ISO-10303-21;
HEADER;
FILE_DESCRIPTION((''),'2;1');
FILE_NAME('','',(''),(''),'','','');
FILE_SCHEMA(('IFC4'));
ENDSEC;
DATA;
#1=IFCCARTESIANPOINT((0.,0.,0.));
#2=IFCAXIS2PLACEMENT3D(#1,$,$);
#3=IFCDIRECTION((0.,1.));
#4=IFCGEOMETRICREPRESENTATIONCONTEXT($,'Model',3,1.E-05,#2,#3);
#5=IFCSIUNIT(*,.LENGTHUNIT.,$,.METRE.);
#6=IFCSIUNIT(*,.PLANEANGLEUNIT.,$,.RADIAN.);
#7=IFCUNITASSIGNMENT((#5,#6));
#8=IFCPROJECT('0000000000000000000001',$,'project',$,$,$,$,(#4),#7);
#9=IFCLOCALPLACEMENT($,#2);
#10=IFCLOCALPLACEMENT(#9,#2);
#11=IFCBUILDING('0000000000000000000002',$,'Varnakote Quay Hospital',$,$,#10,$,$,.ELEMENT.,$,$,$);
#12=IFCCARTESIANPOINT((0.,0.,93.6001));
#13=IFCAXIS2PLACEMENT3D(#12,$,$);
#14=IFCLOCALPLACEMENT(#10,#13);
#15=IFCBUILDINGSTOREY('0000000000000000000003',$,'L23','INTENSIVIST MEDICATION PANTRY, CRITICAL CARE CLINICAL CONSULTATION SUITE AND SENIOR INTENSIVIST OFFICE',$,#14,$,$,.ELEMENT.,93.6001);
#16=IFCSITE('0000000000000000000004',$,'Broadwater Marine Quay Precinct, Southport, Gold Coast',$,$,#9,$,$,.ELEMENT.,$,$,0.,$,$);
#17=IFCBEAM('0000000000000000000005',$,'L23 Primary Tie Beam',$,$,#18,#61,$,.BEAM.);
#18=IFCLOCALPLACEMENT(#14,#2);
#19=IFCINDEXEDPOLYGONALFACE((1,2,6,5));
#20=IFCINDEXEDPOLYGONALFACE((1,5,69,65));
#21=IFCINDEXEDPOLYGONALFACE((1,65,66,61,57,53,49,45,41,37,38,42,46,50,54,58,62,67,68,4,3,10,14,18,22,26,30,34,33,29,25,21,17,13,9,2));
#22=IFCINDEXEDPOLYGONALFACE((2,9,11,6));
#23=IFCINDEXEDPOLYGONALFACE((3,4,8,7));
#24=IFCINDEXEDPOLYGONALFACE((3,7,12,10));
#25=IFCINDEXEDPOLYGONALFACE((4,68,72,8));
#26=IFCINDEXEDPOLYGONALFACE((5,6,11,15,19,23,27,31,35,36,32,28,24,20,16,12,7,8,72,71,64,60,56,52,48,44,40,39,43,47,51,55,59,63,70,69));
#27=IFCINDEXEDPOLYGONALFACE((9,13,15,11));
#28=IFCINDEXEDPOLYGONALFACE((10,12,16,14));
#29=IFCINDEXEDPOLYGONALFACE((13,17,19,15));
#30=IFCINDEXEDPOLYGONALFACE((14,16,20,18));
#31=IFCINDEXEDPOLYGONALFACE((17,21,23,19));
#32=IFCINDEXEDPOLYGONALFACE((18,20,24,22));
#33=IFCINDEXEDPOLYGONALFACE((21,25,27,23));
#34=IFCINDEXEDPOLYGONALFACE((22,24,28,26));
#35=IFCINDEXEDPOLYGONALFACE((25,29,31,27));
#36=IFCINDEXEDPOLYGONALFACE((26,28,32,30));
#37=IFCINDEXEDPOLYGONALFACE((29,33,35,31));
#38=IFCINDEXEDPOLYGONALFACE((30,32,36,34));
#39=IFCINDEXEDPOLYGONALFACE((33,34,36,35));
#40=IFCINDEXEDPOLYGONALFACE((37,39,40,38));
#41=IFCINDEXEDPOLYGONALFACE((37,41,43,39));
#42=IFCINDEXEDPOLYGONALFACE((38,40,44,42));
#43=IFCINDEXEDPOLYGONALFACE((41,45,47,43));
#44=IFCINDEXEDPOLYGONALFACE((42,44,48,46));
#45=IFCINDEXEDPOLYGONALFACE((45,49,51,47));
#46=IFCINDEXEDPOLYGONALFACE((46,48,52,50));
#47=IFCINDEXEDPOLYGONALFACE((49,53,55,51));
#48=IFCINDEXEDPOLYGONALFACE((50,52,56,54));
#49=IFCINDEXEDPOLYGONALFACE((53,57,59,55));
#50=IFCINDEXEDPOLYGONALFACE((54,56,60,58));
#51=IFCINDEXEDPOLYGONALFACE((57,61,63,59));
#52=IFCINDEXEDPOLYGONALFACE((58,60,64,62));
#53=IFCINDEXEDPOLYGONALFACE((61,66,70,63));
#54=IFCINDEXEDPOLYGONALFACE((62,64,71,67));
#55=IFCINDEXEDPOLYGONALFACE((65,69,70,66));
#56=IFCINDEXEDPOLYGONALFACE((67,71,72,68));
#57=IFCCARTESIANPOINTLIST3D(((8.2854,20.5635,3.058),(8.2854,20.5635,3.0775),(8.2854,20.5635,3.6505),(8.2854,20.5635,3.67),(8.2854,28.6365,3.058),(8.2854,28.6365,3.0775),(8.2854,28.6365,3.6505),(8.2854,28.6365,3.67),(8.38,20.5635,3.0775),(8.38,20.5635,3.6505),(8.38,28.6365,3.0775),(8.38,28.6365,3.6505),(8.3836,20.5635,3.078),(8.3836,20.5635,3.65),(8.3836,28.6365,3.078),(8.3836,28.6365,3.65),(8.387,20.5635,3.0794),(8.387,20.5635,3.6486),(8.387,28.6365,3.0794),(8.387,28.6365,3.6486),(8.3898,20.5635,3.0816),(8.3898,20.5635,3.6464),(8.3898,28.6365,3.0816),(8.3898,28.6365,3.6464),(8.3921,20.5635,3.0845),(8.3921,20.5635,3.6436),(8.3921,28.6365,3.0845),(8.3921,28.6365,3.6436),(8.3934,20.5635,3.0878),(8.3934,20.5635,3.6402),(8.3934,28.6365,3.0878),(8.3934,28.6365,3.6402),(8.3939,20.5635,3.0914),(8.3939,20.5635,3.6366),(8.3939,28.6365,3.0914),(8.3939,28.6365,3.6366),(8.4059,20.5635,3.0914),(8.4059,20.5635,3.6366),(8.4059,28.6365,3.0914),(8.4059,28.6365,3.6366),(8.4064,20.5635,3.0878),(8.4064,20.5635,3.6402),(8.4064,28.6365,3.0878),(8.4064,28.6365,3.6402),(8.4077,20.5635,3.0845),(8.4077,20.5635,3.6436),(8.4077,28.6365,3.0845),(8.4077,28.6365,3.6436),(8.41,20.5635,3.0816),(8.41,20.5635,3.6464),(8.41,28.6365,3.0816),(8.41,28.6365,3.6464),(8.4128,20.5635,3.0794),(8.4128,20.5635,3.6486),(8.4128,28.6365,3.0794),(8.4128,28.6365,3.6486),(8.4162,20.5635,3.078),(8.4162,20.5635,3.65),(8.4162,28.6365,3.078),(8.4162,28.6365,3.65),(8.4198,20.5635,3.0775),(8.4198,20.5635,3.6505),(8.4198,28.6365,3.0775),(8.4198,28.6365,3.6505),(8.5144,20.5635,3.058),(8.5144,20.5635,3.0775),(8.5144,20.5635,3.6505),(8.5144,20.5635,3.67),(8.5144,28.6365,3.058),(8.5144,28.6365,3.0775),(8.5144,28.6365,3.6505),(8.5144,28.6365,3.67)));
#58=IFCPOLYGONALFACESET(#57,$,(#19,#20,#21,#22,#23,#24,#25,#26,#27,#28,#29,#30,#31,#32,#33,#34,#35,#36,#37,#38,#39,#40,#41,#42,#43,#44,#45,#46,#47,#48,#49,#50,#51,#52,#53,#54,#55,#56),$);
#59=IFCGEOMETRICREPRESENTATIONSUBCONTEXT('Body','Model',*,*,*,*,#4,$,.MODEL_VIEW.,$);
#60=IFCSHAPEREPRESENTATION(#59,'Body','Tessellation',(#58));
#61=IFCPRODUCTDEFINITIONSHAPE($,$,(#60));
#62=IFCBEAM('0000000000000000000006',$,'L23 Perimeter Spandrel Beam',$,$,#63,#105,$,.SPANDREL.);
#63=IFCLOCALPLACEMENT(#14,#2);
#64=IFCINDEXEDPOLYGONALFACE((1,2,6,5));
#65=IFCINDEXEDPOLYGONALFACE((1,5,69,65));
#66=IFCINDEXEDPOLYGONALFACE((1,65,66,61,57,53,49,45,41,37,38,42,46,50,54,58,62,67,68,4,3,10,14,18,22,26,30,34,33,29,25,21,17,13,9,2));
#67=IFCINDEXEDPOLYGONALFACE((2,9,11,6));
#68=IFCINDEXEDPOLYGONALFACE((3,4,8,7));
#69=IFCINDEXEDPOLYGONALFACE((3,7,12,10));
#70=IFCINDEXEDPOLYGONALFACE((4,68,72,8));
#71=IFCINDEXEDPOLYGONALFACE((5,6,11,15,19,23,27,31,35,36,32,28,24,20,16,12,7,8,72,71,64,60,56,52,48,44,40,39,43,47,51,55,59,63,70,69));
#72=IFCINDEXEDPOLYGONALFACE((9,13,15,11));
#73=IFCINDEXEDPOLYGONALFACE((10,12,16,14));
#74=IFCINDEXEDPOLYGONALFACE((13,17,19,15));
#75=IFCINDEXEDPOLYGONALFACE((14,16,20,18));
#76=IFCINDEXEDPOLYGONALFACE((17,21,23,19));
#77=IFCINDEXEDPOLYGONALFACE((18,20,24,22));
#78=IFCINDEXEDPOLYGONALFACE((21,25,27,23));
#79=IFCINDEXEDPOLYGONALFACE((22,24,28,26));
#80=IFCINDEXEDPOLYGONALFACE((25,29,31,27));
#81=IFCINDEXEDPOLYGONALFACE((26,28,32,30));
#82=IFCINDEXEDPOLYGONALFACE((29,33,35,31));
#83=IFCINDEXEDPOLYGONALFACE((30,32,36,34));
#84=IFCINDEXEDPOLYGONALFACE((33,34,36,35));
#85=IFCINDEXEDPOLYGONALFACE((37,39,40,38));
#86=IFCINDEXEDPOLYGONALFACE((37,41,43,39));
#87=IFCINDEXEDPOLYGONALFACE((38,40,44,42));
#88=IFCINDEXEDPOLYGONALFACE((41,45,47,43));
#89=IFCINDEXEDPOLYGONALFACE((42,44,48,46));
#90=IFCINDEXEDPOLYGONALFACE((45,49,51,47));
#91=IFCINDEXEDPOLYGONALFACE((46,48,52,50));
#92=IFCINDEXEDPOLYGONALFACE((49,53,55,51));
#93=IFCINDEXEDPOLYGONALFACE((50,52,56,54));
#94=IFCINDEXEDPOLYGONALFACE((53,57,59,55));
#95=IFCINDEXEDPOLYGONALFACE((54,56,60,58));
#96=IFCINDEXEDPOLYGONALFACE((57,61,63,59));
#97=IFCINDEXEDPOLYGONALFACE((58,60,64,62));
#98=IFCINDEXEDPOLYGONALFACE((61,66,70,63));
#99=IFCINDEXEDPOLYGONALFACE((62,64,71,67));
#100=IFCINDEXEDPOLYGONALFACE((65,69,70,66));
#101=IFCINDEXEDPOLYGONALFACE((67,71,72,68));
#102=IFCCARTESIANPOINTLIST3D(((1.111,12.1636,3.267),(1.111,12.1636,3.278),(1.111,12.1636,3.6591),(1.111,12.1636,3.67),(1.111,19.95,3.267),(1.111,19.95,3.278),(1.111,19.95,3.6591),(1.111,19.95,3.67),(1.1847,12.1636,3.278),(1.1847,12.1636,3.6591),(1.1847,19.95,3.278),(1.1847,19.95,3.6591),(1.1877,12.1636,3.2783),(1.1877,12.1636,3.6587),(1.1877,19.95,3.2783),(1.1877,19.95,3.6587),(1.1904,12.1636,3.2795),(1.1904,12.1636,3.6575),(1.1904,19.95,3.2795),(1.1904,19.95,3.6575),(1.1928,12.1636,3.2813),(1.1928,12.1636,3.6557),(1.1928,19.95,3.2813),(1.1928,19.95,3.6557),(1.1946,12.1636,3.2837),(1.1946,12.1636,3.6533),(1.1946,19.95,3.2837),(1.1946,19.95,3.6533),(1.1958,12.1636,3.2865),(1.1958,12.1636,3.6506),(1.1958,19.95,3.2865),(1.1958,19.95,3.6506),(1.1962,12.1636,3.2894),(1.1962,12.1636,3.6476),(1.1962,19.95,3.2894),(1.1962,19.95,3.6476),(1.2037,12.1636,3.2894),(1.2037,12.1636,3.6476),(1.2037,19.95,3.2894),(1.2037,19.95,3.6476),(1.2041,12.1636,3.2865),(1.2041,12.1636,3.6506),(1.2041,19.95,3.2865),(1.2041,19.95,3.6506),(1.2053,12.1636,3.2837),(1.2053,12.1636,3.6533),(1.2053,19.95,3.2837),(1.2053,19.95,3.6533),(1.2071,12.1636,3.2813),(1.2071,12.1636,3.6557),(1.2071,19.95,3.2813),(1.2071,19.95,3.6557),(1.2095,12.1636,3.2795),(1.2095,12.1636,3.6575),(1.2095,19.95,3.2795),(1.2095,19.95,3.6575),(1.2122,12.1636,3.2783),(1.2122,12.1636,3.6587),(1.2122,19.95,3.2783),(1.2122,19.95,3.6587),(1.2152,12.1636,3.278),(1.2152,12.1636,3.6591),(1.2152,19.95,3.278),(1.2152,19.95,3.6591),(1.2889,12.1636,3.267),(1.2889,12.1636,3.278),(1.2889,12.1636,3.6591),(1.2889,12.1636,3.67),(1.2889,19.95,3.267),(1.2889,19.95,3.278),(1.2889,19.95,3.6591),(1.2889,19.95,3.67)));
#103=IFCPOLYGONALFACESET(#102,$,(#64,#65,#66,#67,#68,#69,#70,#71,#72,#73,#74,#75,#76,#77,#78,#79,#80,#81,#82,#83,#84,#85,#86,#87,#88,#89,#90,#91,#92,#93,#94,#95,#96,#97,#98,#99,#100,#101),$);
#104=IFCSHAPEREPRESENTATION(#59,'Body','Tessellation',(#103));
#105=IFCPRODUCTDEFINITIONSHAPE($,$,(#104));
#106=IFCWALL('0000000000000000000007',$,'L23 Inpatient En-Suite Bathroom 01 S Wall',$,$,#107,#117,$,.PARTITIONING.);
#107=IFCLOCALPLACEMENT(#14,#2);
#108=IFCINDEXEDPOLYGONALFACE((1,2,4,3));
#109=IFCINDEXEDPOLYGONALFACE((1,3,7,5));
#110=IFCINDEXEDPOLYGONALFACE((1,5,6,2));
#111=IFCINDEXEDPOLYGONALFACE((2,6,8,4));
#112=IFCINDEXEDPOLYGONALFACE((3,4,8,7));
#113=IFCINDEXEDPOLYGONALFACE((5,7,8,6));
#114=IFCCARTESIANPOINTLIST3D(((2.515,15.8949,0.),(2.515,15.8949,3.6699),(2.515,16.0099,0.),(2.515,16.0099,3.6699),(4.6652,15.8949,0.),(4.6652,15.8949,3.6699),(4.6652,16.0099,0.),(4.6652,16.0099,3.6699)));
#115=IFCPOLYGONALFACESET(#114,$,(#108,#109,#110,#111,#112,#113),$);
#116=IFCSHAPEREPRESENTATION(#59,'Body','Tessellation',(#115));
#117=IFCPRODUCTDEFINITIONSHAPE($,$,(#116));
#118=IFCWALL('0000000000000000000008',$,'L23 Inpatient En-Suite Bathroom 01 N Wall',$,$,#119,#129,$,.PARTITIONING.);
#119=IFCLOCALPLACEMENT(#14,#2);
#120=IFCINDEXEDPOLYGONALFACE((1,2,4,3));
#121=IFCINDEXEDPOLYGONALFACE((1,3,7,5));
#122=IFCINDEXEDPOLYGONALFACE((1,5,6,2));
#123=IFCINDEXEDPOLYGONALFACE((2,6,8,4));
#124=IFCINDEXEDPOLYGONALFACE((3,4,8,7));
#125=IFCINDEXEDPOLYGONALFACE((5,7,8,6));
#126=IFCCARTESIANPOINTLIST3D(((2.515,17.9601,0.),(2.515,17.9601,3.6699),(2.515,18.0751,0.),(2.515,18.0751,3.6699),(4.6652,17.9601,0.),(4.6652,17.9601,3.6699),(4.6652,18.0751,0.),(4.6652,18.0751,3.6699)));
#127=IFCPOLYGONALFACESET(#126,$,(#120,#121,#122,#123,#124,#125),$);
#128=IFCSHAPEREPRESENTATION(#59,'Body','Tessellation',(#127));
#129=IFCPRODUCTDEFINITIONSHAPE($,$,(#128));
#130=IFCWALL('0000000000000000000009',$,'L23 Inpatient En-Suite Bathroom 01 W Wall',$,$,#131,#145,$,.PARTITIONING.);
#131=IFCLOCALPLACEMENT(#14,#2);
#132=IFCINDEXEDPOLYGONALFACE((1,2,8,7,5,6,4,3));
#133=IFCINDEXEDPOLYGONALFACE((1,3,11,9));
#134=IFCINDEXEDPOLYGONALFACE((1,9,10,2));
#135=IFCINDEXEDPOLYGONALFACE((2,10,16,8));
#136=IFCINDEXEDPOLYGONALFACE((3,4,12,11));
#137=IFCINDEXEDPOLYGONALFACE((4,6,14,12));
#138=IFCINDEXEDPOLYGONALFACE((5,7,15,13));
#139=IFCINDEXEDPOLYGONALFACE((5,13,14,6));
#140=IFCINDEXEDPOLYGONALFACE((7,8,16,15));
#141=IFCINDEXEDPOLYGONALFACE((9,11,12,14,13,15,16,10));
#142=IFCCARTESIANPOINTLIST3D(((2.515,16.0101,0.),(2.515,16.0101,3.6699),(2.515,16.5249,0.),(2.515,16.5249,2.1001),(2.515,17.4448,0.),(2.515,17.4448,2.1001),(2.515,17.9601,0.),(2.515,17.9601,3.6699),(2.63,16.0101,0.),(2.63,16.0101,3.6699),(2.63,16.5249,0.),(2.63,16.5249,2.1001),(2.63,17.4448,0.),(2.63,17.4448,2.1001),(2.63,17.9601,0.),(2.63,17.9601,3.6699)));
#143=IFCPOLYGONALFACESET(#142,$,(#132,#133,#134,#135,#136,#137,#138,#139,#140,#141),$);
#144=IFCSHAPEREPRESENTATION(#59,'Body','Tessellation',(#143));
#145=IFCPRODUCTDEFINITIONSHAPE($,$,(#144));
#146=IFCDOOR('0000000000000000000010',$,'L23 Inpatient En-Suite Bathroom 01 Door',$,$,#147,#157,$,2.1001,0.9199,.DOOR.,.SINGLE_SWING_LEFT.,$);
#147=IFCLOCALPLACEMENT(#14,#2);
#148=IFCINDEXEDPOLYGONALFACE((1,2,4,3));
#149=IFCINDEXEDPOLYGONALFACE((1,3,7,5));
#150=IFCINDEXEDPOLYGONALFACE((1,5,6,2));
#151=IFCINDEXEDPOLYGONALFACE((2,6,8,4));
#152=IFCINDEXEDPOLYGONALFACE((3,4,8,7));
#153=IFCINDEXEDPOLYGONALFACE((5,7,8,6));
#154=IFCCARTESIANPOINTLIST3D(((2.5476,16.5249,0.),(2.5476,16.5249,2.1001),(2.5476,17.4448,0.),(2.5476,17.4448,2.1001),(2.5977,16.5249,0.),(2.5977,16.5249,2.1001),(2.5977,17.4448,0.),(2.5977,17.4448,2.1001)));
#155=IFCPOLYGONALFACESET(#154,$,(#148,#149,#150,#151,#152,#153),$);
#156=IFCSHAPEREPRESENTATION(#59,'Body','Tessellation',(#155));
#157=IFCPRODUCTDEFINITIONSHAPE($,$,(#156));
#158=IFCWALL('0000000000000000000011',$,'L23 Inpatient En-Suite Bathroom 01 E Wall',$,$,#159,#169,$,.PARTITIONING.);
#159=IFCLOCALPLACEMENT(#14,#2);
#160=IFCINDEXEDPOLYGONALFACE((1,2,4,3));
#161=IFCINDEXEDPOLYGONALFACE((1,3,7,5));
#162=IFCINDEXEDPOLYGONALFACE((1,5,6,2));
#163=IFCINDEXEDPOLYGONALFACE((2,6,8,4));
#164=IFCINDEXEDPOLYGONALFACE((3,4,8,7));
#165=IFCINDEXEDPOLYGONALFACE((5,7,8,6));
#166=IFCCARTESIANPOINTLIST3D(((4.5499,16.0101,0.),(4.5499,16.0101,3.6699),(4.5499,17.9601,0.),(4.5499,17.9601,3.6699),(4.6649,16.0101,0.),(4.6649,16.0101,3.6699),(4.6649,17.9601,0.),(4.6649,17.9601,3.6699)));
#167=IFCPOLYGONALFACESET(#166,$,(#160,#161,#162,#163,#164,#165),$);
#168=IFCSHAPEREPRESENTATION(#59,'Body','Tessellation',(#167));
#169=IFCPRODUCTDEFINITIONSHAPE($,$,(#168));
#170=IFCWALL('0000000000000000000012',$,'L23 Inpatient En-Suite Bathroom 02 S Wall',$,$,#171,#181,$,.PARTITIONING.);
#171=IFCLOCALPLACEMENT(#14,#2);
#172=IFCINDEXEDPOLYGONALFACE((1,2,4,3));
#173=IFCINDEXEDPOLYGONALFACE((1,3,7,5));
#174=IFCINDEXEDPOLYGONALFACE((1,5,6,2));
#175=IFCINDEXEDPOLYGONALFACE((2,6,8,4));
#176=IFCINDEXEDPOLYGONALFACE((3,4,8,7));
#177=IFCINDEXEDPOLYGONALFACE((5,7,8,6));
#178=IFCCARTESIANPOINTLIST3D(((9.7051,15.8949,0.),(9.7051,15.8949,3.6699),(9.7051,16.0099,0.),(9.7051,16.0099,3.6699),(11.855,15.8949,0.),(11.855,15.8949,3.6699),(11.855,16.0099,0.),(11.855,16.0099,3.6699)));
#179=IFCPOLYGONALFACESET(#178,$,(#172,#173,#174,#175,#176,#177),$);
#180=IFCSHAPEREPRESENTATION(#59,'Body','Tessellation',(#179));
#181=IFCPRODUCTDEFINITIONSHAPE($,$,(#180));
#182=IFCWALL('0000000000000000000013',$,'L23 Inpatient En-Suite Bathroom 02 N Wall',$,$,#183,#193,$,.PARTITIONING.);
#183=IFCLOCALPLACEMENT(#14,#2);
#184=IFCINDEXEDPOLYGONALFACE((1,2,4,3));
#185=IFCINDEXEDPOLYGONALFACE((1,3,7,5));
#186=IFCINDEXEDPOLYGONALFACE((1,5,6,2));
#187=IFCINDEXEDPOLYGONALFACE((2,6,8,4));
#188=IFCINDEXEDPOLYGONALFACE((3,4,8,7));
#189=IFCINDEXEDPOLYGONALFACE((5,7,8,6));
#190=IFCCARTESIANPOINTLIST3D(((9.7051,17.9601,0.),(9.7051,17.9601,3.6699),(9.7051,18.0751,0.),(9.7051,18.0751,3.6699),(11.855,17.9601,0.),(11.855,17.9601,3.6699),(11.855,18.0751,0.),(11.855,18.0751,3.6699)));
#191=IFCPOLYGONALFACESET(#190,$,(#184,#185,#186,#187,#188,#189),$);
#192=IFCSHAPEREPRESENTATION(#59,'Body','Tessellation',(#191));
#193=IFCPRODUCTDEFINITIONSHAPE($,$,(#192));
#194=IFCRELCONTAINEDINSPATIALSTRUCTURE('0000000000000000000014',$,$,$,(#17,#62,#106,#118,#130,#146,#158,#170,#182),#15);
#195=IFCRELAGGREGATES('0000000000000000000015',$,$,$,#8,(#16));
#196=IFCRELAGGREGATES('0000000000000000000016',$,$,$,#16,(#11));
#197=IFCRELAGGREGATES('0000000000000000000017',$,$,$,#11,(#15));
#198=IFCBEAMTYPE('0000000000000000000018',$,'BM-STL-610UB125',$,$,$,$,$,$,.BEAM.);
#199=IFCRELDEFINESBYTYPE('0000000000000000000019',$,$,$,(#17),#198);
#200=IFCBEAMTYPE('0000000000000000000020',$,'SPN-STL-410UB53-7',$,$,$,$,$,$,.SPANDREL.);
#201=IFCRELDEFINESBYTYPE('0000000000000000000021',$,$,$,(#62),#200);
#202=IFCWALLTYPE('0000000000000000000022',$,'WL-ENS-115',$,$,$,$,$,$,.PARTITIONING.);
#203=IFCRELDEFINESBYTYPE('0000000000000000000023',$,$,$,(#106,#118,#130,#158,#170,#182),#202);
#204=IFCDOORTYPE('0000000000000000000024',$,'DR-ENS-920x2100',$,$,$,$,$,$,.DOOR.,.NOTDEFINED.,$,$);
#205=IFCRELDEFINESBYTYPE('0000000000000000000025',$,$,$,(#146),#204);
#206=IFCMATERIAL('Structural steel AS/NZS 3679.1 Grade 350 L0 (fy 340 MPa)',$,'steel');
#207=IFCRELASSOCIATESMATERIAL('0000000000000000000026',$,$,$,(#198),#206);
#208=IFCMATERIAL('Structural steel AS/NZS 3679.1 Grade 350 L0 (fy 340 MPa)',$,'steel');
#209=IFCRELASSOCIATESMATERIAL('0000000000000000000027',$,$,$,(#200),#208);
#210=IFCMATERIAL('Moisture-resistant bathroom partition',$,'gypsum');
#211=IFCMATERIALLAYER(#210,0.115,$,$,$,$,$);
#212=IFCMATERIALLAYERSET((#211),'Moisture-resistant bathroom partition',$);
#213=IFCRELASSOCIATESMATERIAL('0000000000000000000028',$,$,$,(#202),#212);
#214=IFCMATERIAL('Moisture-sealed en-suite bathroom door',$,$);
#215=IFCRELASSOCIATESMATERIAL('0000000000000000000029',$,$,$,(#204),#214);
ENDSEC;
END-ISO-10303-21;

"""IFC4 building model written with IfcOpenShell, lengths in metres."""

from ifc_helpers import new_model, si_unit, direction, frame, frame_2d, origin, origin_2d, place, context, subcontext, project, spatial, rectangle, i_section, extrude, material, layer, layer_set, material_profile, profile_set, type_object, element, fill, save


model = new_model("IFC4")

# Units and contexts
model_context = context("Model", 3, precision=1e-05, world=origin(), true_north=direction((0.0, 1.0)))
body_context = subcontext(model_context, "Body", "Model", "MODEL_VIEW")
ifc_project = project(units=[si_unit("LENGTHUNIT", "METRE"), si_unit("PLANEANGLEUNIT", "RADIAN")], contexts=[model_context])

# Site, building, storey
site_placement = place(None, origin())
site = spatial("IfcSite", under=ifc_project, at=site_placement, Name="Broadwater Marine Quay Precinct, Southport, Gold Coast", CompositionType="ELEMENT", RefElevation=0.0)
building_placement = place(site_placement, origin())
building = spatial("IfcBuilding", under=site, at=building_placement, Name="Varnakote Quay Hospital", CompositionType="ELEMENT")
storey_placement = place(building_placement, frame((0.0, 0.0, 93.6001)))
storey = spatial("IfcBuildingStorey", under=building, at=storey_placement, Name="L23", Description="INTENSIVIST MEDICATION PANTRY, CRITICAL CARE CLINICAL CONSULTATION SUITE AND SENIOR INTENSIVIST OFFICE", CompositionType="ELEMENT", Elevation=93.6001)

# Beams
ifc_material_1 = material(Name="Structural steel AS/NZS 3679.1 Grade 350 L0 (fy 340 MPa)", Category="steel")
ifc_material_profile_1 = material_profile(ifc_material_1, i_section(OverallWidth=0.229, OverallDepth=0.6121, WebThickness=0.012, FlangeThickness=0.0195, FilletRadius=0.0139, at=origin_2d()), Name="610UB125")
ifc_profile_set_1 = profile_set([ifc_material_profile_1], Name="Structural steel AS/NZS 3679.1 Grade 350 L0 (fy 340 MPa)")
beam_type_1 = type_object("IfcBeamType", Name="BM-STL-610UB125", PredefinedType="BEAM", material=ifc_profile_set_1)
beam_1_placement = place(storey_placement, frame((8.3999, 20.5635, 3.364), z_axis=(0.0, 1.0, 0.0), x_axis=(-1.0, 0.0, 0.0)))
element("IfcBeam", 1, at=beam_1_placement, inside=storey, type_object=beam_type_1, Name="L23 Primary Tie Beam", PredefinedType="BEAM", context=body_context, shape_type="SweptSolid", body=[
    extrude(i_section(OverallWidth=0.229, OverallDepth=0.6121, WebThickness=0.012, FlangeThickness=0.0195, FilletRadius=0.0139, at=origin_2d()), origin(), (0.0, 0.0, 1.0), 8.073),
])
ifc_material_2 = material(Name="Structural steel AS/NZS 3679.1 Grade 350 L0 (fy 340 MPa)", Category="steel")
ifc_material_profile_2 = material_profile(ifc_material_2, i_section(OverallWidth=0.178, OverallDepth=0.4031, WebThickness=0.0076, FlangeThickness=0.011, FilletRadius=0.0115, at=origin_2d()), Name="410UB53.7")
ifc_profile_set_2 = profile_set([ifc_material_profile_2], Name="Structural steel AS/NZS 3679.1 Grade 350 L0 (fy 340 MPa)")
beam_type_2 = type_object("IfcBeamType", Name="SPN-STL-410UB53-7", PredefinedType="SPANDREL", material=ifc_profile_set_2)
beam_2_placement = place(storey_placement, frame((1.2, 12.1636, 3.4685), z_axis=(0.0, 1.0, 0.0), x_axis=(-1.0, 0.0, 0.0)))
element("IfcBeam", 2, at=beam_2_placement, inside=storey, type_object=beam_type_2, Name="L23 Perimeter Spandrel Beam", PredefinedType="SPANDREL", context=body_context, shape_type="SweptSolid", body=[
    extrude(i_section(OverallWidth=0.178, OverallDepth=0.4031, WebThickness=0.0076, FlangeThickness=0.011, FilletRadius=0.0115, at=origin_2d()), origin(), (0.0, 0.0, 1.0), 7.7864),
])

# Walls
ifc_material_3 = material(Name="Moisture-resistant bathroom partition", Category="gypsum")
ifc_layer_1 = layer(ifc_material_3, 0.115)
ifc_layer_set_1 = layer_set([ifc_layer_1], Name="Moisture-resistant bathroom partition")
wall_type_1 = type_object("IfcWallType", Name="WL-ENS-115", PredefinedType="PARTITIONING", material=ifc_layer_set_1)
for number, where, z_axis, x_axis, name in (
    (3, (2.5149, 15.9524, 0.0), (0.0, 0.0, 1.0), (1.0, 0.0, 0.0), "L23 Inpatient En-Suite Bathroom 01 S Wall"),
    (4, (2.5149, 18.0176, 0.0), (0.0, 0.0, 1.0), (1.0, 0.0, 0.0), "L23 Inpatient En-Suite Bathroom 01 N Wall"),
):
    element("IfcWall", number, at=place(storey_placement, frame(where, z_axis=z_axis, x_axis=x_axis)), inside=storey, type_object=wall_type_1, Name=name, PredefinedType="PARTITIONING", context=body_context, shape_type="SweptSolid", body=[
        extrude(rectangle(XDim=2.1501, YDim=0.115, at=frame_2d((1.0752, 0.0))), origin(), (0.0, 0.0, 1.0), 3.6699),
    ])

# Wall, opening, door
wall_1_placement = place(storey_placement, frame((2.5725, 16.01, 0.0), z_axis=(0.0, 0.0, 1.0), x_axis=(0.0, 1.0, 0.0)))
wall_1 = element("IfcWall", 5, at=wall_1_placement, inside=storey, type_object=wall_type_1, Name="L23 Inpatient En-Suite Bathroom 01 W Wall", PredefinedType="PARTITIONING", context=body_context, shape_type="SweptSolid", body=[
    extrude(rectangle(XDim=1.95, YDim=0.115, at=frame_2d((0.9751, 0.0))), origin(), (0.0, 0.0, 1.0), 3.6699),
])
opening_1_placement = place(wall_1_placement, frame((0.5149, 0.0, 0.0)))
opening_1 = element("IfcOpeningElement", 6, at=opening_1_placement, cuts=wall_1, PredefinedType="OPENING", context=body_context, shape_type="SweptSolid", body=[
    extrude(rectangle(XDim=0.9199, YDim=2.1001, at=frame_2d((0.46, 1.05))), frame((0.0, 0.0674, 0.0), z_axis=(0.0, -1.0, 0.0), x_axis=(1.0, 0.0, 0.0)), (0.0, 0.0, 1.0), 0.135),
])
ifc_material_4 = material(Name="Moisture-sealed en-suite bathroom door")
door_type_1 = type_object("IfcDoorType", Name="DR-ENS-920x2100", OperationType="NOTDEFINED", PredefinedType="DOOR", material=ifc_material_4)
door_1_placement = place(opening_1_placement, origin())
door_1 = element("IfcDoor", 7, at=door_1_placement, inside=storey, type_object=door_type_1, Name="L23 Inpatient En-Suite Bathroom 01 Door", OperationType="SINGLE_SWING_LEFT", OverallHeight=2.1001, OverallWidth=0.9199, PredefinedType="DOOR", context=body_context, shape_type="SweptSolid", body=[
    extrude(rectangle(XDim=0.9199, YDim=2.1001, at=frame_2d((0.46, 1.05))), frame((0.0, 0.0249, 0.0), z_axis=(0.0, -1.0, 0.0), x_axis=(1.0, 0.0, 0.0)), (0.0, 0.0, 1.0), 0.05),
])
fill(opening_1, door_1)

# Walls
wall_2_placement = place(storey_placement, frame((4.6074, 16.01, 0.0), z_axis=(0.0, 0.0, 1.0), x_axis=(0.0, 1.0, 0.0)))
element("IfcWall", 8, at=wall_2_placement, inside=storey, type_object=wall_type_1, Name="L23 Inpatient En-Suite Bathroom 01 E Wall", PredefinedType="PARTITIONING", context=body_context, shape_type="SweptSolid", body=[
    extrude(rectangle(XDim=1.95, YDim=0.115, at=frame_2d((0.9751, 0.0))), origin(), (0.0, 0.0, 1.0), 3.6699),
])
for number, where, z_axis, x_axis, name in (
    (9, (9.7051, 15.9524, 0.0), (0.0, 0.0, 1.0), (1.0, 0.0, 0.0), "L23 Inpatient En-Suite Bathroom 02 S Wall"),
    (10, (9.7051, 18.0176, 0.0), (0.0, 0.0, 1.0), (1.0, 0.0, 0.0), "L23 Inpatient En-Suite Bathroom 02 N Wall"),
):
    element("IfcWall", number, at=place(storey_placement, frame(where, z_axis=z_axis, x_axis=x_axis)), inside=storey, type_object=wall_type_1, Name=name, PredefinedType="PARTITIONING", context=body_context, shape_type="SweptSolid", body=[
        extrude(rectangle(XDim=2.1499, YDim=0.115, at=frame_2d((1.075, 0.0))), origin(), (0.0, 0.0, 1.0), 3.6699),
    ])

save(model, "model.ifc")
